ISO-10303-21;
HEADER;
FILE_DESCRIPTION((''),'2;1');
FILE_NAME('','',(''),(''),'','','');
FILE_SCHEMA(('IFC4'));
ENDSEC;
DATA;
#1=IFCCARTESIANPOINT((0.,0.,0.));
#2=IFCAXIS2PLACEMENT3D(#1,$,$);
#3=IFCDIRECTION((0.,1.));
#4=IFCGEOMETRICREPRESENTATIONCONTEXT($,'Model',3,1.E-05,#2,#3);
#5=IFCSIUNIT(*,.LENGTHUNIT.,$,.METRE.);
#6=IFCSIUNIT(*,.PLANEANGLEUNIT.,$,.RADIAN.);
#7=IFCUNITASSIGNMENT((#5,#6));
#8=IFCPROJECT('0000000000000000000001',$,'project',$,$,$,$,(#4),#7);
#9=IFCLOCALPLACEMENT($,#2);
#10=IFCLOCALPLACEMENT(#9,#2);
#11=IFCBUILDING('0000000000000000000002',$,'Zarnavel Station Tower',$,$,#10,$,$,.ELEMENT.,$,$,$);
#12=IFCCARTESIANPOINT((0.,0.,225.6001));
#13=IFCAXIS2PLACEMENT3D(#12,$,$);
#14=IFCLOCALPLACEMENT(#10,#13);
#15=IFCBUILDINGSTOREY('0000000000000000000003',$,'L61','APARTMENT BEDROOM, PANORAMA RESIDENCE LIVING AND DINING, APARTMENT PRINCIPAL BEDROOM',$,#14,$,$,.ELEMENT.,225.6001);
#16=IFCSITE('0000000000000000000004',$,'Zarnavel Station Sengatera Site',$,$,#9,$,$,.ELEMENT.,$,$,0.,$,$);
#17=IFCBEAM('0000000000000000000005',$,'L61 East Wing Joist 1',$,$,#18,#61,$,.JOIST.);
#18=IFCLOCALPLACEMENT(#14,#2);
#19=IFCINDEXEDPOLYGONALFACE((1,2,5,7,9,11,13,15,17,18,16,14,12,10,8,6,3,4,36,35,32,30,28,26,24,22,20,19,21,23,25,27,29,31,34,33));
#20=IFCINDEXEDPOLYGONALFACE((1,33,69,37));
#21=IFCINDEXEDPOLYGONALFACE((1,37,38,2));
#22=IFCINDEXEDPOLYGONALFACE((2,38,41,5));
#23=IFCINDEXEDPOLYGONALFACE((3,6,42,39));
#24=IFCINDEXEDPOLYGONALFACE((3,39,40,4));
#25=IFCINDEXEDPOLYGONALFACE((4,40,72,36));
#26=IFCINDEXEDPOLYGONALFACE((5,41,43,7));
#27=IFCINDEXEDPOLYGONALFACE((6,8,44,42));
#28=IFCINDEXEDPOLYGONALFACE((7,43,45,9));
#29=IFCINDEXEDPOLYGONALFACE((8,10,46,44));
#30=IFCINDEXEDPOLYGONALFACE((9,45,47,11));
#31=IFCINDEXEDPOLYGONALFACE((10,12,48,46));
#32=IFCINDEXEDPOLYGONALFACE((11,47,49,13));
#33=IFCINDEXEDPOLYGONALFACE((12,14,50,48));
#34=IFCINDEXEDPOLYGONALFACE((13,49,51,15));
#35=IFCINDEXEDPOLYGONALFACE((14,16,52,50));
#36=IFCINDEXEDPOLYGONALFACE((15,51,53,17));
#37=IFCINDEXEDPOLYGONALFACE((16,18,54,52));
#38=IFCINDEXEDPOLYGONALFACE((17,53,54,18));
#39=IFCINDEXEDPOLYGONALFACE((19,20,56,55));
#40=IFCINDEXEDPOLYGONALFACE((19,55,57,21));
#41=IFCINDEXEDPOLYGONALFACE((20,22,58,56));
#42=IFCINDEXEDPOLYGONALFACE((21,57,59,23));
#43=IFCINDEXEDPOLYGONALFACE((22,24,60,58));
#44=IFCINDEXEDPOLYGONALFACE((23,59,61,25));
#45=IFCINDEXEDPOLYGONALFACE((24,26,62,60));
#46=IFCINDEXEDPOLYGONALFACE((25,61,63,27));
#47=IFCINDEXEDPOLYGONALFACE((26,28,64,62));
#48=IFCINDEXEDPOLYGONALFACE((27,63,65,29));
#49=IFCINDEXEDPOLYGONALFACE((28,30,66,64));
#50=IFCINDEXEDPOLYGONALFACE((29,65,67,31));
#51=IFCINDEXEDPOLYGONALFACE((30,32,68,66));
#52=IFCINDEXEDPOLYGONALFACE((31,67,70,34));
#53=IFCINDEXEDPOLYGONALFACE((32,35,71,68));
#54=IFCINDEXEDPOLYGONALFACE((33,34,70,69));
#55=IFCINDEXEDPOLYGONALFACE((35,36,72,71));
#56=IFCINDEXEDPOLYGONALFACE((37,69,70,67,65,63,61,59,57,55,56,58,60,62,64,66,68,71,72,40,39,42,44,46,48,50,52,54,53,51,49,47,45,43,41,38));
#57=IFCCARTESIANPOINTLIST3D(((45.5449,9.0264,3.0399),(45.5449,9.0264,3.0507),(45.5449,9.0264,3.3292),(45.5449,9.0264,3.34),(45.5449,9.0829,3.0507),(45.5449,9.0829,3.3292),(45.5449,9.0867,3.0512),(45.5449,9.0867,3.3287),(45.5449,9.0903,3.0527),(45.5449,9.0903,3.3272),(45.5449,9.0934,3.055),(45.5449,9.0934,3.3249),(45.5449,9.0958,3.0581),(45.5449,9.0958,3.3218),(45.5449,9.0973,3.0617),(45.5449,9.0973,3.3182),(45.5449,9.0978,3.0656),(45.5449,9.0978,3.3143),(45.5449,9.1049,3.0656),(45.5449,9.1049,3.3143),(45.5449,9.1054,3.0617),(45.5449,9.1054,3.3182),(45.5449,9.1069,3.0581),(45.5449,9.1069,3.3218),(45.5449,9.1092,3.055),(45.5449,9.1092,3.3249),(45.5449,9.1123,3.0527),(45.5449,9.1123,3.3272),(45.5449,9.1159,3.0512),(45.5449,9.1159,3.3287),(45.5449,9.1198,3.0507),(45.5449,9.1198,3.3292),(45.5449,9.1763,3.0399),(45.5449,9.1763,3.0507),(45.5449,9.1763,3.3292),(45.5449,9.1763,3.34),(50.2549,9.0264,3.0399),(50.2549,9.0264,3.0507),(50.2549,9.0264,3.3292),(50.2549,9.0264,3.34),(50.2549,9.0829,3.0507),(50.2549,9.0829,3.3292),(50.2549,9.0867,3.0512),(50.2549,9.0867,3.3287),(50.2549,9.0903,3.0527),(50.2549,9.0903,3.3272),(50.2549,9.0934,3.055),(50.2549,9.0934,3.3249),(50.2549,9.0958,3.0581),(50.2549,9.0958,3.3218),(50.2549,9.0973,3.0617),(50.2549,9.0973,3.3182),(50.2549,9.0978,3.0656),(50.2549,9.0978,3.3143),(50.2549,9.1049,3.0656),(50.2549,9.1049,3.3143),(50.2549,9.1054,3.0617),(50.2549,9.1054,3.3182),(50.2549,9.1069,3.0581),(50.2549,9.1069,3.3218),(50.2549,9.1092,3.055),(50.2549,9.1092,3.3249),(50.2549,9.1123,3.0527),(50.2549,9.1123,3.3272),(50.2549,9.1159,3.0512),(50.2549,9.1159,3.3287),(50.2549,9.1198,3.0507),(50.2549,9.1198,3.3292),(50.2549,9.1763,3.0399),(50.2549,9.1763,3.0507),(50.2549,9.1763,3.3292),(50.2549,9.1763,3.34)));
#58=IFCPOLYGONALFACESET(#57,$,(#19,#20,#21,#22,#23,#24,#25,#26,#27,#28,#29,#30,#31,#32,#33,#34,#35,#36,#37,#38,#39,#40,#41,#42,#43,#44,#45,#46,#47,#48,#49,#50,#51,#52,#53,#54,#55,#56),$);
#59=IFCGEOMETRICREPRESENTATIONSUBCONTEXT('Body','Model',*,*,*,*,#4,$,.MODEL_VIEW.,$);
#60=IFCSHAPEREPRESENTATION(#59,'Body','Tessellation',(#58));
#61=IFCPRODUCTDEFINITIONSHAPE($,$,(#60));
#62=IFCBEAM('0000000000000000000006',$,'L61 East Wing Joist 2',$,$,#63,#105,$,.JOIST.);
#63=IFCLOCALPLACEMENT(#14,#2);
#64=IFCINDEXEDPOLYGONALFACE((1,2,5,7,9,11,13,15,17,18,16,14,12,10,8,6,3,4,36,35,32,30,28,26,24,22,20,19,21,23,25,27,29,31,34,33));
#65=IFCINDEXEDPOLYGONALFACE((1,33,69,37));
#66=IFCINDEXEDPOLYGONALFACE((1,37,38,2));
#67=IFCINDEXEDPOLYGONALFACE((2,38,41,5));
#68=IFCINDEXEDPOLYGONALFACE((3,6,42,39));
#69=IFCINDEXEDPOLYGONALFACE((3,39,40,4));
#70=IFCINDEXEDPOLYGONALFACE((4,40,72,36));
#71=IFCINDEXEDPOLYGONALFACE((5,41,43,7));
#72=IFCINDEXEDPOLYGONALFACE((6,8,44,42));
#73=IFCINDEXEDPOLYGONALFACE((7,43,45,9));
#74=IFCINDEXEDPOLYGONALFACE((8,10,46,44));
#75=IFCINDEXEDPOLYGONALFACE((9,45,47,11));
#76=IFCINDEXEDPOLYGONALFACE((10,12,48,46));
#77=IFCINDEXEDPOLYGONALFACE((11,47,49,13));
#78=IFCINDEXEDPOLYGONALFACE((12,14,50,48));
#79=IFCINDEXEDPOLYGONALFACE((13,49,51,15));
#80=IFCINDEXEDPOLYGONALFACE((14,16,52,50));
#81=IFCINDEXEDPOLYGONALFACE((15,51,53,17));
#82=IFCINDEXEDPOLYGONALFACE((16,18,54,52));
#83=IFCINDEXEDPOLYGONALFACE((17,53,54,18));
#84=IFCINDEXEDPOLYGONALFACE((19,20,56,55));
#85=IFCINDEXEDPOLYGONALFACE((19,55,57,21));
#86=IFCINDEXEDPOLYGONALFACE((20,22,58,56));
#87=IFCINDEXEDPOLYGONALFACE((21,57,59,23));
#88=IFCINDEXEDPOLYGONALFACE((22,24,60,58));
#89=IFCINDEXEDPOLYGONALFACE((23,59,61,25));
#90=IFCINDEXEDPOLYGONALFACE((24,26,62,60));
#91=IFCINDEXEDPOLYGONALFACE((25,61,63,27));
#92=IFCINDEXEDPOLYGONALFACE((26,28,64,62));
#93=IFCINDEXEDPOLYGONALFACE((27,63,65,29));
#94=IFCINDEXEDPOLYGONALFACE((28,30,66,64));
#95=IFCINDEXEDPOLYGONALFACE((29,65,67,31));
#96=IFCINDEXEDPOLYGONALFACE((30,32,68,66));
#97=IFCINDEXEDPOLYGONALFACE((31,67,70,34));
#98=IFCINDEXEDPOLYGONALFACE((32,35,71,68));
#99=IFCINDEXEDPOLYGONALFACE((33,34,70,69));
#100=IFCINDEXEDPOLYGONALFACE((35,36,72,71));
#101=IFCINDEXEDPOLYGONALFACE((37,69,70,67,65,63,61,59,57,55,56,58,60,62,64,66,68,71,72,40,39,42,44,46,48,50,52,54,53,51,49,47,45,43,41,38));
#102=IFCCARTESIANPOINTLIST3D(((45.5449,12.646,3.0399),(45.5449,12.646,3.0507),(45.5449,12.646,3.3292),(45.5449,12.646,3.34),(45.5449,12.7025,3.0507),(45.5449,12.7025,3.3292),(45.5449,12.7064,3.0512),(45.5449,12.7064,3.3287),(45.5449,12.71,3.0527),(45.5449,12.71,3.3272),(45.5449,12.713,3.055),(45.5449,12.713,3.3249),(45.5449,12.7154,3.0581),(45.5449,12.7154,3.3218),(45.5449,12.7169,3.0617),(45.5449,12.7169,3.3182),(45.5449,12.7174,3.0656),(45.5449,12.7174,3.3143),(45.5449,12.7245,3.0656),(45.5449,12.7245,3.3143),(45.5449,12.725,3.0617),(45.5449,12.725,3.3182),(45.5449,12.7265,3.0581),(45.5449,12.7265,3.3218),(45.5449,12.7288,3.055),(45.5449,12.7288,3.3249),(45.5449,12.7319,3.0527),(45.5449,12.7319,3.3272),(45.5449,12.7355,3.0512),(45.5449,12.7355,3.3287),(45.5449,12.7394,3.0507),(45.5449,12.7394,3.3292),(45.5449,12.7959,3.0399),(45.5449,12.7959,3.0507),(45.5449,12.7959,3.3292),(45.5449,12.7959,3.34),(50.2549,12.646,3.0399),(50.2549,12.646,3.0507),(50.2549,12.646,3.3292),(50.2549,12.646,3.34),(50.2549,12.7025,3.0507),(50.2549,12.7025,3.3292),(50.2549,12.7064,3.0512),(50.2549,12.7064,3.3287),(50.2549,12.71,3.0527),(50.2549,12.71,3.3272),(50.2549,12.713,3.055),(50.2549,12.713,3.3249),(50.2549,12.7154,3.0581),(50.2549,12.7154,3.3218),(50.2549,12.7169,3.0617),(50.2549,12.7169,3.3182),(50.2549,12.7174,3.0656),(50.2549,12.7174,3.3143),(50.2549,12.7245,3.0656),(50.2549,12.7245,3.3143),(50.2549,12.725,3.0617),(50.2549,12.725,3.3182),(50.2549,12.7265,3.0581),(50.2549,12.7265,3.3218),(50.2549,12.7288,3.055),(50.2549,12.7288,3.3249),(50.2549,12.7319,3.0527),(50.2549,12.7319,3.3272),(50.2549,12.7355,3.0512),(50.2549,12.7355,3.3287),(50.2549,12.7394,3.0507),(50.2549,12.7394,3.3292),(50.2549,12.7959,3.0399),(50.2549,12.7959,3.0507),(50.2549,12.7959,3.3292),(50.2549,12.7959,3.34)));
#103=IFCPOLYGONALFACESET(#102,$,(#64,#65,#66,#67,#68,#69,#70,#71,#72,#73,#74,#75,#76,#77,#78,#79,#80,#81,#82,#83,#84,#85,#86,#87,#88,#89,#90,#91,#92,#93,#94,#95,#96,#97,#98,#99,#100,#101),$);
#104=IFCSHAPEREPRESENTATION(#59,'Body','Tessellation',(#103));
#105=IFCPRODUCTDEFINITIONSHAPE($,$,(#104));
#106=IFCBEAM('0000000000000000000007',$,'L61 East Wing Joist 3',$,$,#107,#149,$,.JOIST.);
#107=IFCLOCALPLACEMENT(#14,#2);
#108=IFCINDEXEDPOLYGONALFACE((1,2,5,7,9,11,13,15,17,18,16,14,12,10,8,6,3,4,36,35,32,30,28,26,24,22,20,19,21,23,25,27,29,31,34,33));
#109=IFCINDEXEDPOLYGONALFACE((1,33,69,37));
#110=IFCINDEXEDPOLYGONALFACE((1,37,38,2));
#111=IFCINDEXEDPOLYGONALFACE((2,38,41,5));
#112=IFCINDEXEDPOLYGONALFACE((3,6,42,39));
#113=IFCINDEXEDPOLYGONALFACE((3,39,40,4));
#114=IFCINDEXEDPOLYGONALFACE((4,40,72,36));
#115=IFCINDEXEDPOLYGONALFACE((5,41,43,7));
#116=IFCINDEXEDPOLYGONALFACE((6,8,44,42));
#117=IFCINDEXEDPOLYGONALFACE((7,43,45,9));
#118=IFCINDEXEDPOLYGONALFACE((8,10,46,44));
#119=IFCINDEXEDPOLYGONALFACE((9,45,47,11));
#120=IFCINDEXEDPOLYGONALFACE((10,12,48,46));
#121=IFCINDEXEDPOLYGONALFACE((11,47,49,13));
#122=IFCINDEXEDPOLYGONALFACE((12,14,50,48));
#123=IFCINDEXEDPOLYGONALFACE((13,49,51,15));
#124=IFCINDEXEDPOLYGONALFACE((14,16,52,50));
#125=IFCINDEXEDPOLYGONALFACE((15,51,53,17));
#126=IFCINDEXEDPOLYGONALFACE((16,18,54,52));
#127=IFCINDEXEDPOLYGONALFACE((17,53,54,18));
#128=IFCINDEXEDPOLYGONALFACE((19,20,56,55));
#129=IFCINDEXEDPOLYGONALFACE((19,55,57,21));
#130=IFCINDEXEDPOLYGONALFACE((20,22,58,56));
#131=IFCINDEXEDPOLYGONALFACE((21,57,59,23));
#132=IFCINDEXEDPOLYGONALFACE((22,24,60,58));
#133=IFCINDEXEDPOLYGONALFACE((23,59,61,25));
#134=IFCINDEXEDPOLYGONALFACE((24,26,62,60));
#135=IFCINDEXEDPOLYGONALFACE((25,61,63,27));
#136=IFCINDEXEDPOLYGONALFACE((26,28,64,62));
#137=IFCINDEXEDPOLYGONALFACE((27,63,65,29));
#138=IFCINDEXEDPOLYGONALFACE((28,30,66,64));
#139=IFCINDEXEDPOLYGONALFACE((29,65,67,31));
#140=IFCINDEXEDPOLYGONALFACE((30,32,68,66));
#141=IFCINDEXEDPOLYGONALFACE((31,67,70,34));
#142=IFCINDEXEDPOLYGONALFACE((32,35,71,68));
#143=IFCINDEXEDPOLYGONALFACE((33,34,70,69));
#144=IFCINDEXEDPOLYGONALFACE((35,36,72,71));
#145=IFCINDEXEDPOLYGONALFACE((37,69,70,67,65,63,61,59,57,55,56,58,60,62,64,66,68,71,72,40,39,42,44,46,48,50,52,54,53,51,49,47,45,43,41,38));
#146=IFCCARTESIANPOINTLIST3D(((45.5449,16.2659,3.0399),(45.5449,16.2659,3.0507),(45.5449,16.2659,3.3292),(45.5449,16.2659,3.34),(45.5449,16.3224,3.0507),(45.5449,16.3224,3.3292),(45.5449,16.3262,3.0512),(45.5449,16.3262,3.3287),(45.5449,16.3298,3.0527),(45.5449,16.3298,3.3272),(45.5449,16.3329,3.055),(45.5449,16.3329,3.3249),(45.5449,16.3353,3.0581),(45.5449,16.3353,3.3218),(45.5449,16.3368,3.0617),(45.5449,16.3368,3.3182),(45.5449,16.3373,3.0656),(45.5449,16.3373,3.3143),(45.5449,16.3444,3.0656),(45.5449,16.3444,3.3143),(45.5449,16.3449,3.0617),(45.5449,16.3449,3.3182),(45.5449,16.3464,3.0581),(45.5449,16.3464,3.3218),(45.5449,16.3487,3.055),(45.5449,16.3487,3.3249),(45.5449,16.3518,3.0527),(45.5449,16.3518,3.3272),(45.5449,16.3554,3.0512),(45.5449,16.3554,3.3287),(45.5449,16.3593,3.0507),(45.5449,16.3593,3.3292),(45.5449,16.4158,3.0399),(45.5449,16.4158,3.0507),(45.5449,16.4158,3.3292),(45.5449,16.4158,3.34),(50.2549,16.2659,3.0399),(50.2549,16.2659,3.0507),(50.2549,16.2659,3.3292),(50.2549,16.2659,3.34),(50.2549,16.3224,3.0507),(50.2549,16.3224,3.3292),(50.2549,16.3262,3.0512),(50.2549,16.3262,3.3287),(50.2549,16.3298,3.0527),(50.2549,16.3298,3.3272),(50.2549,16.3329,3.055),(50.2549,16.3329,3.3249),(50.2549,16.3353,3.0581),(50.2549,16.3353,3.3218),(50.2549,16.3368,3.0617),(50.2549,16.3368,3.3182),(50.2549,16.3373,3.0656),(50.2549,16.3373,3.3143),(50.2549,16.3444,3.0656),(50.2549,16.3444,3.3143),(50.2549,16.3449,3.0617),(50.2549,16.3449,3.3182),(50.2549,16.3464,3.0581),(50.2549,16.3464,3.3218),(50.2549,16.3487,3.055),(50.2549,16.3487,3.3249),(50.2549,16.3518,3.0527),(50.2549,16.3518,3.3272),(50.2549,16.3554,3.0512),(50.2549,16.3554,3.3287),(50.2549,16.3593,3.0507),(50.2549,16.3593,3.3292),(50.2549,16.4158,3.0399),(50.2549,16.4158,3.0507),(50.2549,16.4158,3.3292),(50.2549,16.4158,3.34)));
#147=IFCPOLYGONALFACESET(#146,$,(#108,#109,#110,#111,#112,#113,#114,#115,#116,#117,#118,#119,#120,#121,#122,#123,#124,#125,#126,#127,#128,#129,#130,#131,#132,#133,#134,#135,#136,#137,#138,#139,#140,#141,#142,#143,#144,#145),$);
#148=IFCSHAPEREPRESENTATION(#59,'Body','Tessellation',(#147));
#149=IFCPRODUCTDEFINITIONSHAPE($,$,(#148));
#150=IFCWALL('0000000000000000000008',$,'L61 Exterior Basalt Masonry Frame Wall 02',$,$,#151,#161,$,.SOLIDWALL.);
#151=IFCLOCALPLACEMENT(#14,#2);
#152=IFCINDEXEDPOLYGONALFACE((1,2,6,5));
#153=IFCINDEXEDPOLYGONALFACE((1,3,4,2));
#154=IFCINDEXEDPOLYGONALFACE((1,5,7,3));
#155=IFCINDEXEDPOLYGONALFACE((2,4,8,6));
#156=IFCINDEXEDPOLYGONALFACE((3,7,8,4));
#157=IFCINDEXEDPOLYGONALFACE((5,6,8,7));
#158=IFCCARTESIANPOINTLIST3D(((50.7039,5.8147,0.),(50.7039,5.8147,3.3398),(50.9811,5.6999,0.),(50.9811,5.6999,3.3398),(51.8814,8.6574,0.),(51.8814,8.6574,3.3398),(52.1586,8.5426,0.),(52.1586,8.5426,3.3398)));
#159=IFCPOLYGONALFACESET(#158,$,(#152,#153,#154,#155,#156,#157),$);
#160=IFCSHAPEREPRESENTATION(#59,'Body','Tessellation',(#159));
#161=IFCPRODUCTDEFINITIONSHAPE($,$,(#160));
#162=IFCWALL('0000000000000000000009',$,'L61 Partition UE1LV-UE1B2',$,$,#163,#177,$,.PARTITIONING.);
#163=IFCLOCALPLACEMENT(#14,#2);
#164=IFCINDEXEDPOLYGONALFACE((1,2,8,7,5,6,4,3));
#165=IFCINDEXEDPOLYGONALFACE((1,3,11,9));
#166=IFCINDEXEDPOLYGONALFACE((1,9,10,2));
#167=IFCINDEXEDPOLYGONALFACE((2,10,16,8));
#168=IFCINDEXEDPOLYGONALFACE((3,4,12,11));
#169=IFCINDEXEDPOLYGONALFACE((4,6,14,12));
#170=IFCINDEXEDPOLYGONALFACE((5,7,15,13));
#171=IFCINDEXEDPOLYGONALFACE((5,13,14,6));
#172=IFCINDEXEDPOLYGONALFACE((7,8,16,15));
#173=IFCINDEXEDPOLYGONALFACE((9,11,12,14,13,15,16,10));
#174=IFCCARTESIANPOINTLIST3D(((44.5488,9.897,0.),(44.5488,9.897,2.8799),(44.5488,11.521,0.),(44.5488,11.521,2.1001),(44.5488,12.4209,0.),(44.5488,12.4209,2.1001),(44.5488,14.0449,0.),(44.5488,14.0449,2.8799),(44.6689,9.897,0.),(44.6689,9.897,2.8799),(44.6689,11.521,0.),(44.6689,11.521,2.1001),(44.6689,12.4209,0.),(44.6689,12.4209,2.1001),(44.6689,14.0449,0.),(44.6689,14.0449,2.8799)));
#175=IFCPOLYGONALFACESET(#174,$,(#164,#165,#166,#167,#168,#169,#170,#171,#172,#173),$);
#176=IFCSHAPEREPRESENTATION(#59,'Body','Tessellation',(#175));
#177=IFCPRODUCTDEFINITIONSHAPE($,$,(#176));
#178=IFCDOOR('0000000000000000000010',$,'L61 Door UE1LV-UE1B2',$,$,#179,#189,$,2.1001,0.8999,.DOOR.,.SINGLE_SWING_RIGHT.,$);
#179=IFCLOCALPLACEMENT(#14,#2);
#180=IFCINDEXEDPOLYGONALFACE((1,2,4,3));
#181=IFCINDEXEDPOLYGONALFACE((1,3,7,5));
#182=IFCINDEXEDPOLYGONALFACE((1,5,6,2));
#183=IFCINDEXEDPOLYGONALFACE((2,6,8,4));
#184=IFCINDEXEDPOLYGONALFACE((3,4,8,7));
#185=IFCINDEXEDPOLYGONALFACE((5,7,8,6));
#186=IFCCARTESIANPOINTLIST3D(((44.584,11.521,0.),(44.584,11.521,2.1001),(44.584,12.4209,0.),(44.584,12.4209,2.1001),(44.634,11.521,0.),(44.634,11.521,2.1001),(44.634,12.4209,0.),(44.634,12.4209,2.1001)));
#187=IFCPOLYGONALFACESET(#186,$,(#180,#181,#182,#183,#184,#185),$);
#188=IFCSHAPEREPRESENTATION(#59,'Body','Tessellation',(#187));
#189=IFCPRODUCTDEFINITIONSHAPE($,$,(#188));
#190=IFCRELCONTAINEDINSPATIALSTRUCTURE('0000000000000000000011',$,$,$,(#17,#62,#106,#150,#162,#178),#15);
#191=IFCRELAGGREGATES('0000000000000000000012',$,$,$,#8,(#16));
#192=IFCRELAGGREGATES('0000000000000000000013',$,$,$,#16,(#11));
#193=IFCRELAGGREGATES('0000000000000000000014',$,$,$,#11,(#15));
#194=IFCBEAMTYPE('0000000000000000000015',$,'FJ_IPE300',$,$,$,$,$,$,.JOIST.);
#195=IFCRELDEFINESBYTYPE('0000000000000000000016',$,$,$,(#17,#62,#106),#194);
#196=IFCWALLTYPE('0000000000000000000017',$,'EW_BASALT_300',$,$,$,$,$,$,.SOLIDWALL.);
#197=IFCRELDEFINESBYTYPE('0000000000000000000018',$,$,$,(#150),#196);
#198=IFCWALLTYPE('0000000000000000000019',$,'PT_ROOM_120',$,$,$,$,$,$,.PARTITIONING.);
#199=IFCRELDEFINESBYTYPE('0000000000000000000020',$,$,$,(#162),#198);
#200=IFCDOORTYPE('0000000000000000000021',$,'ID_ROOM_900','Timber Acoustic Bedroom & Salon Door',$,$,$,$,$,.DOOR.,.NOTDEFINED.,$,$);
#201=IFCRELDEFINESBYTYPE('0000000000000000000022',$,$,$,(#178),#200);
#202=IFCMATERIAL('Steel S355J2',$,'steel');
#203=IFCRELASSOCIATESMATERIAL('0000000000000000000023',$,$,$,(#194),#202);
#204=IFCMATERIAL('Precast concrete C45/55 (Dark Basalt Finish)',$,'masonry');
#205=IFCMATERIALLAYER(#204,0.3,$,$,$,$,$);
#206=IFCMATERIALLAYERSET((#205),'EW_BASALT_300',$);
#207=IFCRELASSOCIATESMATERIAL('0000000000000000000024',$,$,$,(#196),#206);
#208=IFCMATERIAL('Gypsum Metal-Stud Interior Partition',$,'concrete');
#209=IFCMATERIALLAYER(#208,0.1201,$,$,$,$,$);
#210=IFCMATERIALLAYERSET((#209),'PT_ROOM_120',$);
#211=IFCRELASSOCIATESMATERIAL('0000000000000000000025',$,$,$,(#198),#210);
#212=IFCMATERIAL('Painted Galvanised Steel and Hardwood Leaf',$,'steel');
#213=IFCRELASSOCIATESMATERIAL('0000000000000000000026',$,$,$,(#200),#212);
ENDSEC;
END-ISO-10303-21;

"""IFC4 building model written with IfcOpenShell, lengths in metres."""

from ifc_helpers import new_model, si_unit, direction, frame, frame_2d, origin, origin_2d, place, context, subcontext, project, spatial, rectangle, i_section, extrude, material, layer, layer_set, material_profile, profile_set, type_object, element, fill, save


model = new_model("IFC4")

# Units and contexts
model_context = context("Model", 3, precision=1e-05, world=origin(), true_north=direction((0.0, 1.0)))
body_context = subcontext(model_context, "Body", "Model", "MODEL_VIEW")
ifc_project = project(units=[si_unit("LENGTHUNIT", "METRE"), si_unit("PLANEANGLEUNIT", "RADIAN")], contexts=[model_context])

# Site, building, storey
site_placement = place(None, origin())
site = spatial("IfcSite", under=ifc_project, at=site_placement, Name="Zarnavel Station Sengatera Site", CompositionType="ELEMENT", RefElevation=0.0)
building_placement = place(site_placement, origin())
building = spatial("IfcBuilding", under=site, at=building_placement, Name="Zarnavel Station Tower", CompositionType="ELEMENT")
storey_placement = place(building_placement, frame((0.0, 0.0, 225.6001)))
storey = spatial("IfcBuildingStorey", under=building, at=storey_placement, Name="L61", Description="APARTMENT BEDROOM, PANORAMA RESIDENCE LIVING AND DINING, APARTMENT PRINCIPAL BEDROOM", CompositionType="ELEMENT", Elevation=225.6001)

# Beams
ifc_material_1 = material(Name="Steel S355J2", Category="steel")
ifc_material_profile = material_profile(ifc_material_1, i_section(OverallWidth=0.1499, OverallDepth=0.3, WebThickness=0.0071, FlangeThickness=0.0107, FilletRadius=0.0149, at=origin_2d()), Name="IPE300")
ifc_profile_set = profile_set([ifc_material_profile], Name="Steel S355J2")
beam_type = type_object("IfcBeamType", Name="FJ_IPE300", PredefinedType="JOIST", material=ifc_profile_set)
for number, where, z_axis, x_axis, name in (
    (1, (45.5449, 9.1013, 3.1899), (1.0, 0.0, 0.0), (0.0, 1.0, 0.0), "L61 East Wing Joist 1"),
    (2, (45.5449, 12.7209, 3.1899), (1.0, 0.0, 0.0), (0.0, 1.0, 0.0), "L61 East Wing Joist 2"),
    (3, (45.5449, 16.3408, 3.1899), (1.0, 0.0, 0.0), (0.0, 1.0, 0.0), "L61 East Wing Joist 3"),
):
    element("IfcBeam", number, at=place(storey_placement, frame(where, z_axis=z_axis, x_axis=x_axis)), inside=storey, type_object=beam_type, Name=name, PredefinedType="JOIST", context=body_context, shape_type="SweptSolid", body=[
        extrude(i_section(OverallWidth=0.1499, OverallDepth=0.3, WebThickness=0.0071, FlangeThickness=0.0107, FilletRadius=0.0149, at=origin_2d()), origin(), (0.0, 0.0, 1.0), 4.71),
    ])

# Wall
ifc_material_2 = material(Name="Precast concrete C45/55 (Dark Basalt Finish)", Category="masonry")
ifc_layer_1 = layer(ifc_material_2, 0.3)
ifc_layer_set_1 = layer_set([ifc_layer_1], Name="EW_BASALT_300")
wall_type_1 = type_object("IfcWallType", Name="EW_BASALT_300", PredefinedType="SOLIDWALL", material=ifc_layer_set_1)
wall_1_placement = place(storey_placement, frame((52.02, 8.6001, 0.0), z_axis=(0.0, 0.0, 1.0), x_axis=(-0.382676, -0.923882, 0.0)))
element("IfcWall", 4, at=wall_1_placement, inside=storey, type_object=wall_type_1, Name="L61 Exterior Basalt Masonry Frame Wall 02", PredefinedType="SOLIDWALL", context=body_context, shape_type="SweptSolid", body=[
    extrude(rectangle(XDim=3.0769, YDim=0.3, at=frame_2d((1.5386, 0.0))), origin(), (0.0, 0.0, 1.0), 3.3398),
])

# Wall, opening, door
ifc_material_3 = material(Name="Gypsum Metal-Stud Interior Partition", Category="concrete")
ifc_layer_2 = layer(ifc_material_3, 0.1201)
ifc_layer_set_2 = layer_set([ifc_layer_2], Name="PT_ROOM_120")
wall_type_2 = type_object("IfcWallType", Name="PT_ROOM_120", PredefinedType="PARTITIONING", material=ifc_layer_set_2)
wall_2_placement = place(storey_placement, frame((44.6089, 9.897, 0.0), z_axis=(0.0, 0.0, 1.0), x_axis=(0.0, 1.0, 0.0)))
wall_2 = element("IfcWall", 5, at=wall_2_placement, inside=storey, type_object=wall_type_2, Name="L61 Partition UE1LV-UE1B2", PredefinedType="PARTITIONING", context=body_context, shape_type="SweptSolid", body=[
    extrude(rectangle(XDim=4.1479, YDim=0.1201, at=frame_2d((2.074, 0.0))), origin(), (0.0, 0.0, 1.0), 2.8799),
])
opening_1_placement = place(wall_2_placement, frame((1.624, 0.0, 0.0)))
opening_1 = element("IfcOpeningElement", 6, at=opening_1_placement, cuts=wall_2, PredefinedType="OPENING", context=body_context, shape_type="SweptSolid", body=[
    extrude(rectangle(XDim=0.8999, YDim=2.1001, at=frame_2d((0.45, 1.05))), frame((0.0, 0.0701, 0.0), z_axis=(0.0, -1.0, 0.0), x_axis=(1.0, 0.0, 0.0)), (0.0, 0.0, 1.0), 0.1401),
])
ifc_material_4 = material(Name="Painted Galvanised Steel and Hardwood Leaf", Category="steel")
door_type = type_object("IfcDoorType", Name="ID_ROOM_900", Description="Timber Acoustic Bedroom & Salon Door", OperationType="NOTDEFINED", PredefinedType="DOOR", material=ifc_material_4)
door_1_placement = place(opening_1_placement, origin())
door_1 = element("IfcDoor", 7, at=door_1_placement, inside=storey, type_object=door_type, Name="L61 Door UE1LV-UE1B2", OperationType="SINGLE_SWING_RIGHT", OverallHeight=2.1001, OverallWidth=0.8999, PredefinedType="DOOR", context=body_context, shape_type="SweptSolid", body=[
    extrude(rectangle(XDim=0.8999, YDim=2.1001, at=frame_2d((0.45, 1.05))), frame((0.0, 0.0249, 0.0), z_axis=(0.0, -1.0, 0.0), x_axis=(1.0, 0.0, 0.0)), (0.0, 0.0, 1.0), 0.05),
])
fill(opening_1, door_1)

save(model, "model.ifc")
